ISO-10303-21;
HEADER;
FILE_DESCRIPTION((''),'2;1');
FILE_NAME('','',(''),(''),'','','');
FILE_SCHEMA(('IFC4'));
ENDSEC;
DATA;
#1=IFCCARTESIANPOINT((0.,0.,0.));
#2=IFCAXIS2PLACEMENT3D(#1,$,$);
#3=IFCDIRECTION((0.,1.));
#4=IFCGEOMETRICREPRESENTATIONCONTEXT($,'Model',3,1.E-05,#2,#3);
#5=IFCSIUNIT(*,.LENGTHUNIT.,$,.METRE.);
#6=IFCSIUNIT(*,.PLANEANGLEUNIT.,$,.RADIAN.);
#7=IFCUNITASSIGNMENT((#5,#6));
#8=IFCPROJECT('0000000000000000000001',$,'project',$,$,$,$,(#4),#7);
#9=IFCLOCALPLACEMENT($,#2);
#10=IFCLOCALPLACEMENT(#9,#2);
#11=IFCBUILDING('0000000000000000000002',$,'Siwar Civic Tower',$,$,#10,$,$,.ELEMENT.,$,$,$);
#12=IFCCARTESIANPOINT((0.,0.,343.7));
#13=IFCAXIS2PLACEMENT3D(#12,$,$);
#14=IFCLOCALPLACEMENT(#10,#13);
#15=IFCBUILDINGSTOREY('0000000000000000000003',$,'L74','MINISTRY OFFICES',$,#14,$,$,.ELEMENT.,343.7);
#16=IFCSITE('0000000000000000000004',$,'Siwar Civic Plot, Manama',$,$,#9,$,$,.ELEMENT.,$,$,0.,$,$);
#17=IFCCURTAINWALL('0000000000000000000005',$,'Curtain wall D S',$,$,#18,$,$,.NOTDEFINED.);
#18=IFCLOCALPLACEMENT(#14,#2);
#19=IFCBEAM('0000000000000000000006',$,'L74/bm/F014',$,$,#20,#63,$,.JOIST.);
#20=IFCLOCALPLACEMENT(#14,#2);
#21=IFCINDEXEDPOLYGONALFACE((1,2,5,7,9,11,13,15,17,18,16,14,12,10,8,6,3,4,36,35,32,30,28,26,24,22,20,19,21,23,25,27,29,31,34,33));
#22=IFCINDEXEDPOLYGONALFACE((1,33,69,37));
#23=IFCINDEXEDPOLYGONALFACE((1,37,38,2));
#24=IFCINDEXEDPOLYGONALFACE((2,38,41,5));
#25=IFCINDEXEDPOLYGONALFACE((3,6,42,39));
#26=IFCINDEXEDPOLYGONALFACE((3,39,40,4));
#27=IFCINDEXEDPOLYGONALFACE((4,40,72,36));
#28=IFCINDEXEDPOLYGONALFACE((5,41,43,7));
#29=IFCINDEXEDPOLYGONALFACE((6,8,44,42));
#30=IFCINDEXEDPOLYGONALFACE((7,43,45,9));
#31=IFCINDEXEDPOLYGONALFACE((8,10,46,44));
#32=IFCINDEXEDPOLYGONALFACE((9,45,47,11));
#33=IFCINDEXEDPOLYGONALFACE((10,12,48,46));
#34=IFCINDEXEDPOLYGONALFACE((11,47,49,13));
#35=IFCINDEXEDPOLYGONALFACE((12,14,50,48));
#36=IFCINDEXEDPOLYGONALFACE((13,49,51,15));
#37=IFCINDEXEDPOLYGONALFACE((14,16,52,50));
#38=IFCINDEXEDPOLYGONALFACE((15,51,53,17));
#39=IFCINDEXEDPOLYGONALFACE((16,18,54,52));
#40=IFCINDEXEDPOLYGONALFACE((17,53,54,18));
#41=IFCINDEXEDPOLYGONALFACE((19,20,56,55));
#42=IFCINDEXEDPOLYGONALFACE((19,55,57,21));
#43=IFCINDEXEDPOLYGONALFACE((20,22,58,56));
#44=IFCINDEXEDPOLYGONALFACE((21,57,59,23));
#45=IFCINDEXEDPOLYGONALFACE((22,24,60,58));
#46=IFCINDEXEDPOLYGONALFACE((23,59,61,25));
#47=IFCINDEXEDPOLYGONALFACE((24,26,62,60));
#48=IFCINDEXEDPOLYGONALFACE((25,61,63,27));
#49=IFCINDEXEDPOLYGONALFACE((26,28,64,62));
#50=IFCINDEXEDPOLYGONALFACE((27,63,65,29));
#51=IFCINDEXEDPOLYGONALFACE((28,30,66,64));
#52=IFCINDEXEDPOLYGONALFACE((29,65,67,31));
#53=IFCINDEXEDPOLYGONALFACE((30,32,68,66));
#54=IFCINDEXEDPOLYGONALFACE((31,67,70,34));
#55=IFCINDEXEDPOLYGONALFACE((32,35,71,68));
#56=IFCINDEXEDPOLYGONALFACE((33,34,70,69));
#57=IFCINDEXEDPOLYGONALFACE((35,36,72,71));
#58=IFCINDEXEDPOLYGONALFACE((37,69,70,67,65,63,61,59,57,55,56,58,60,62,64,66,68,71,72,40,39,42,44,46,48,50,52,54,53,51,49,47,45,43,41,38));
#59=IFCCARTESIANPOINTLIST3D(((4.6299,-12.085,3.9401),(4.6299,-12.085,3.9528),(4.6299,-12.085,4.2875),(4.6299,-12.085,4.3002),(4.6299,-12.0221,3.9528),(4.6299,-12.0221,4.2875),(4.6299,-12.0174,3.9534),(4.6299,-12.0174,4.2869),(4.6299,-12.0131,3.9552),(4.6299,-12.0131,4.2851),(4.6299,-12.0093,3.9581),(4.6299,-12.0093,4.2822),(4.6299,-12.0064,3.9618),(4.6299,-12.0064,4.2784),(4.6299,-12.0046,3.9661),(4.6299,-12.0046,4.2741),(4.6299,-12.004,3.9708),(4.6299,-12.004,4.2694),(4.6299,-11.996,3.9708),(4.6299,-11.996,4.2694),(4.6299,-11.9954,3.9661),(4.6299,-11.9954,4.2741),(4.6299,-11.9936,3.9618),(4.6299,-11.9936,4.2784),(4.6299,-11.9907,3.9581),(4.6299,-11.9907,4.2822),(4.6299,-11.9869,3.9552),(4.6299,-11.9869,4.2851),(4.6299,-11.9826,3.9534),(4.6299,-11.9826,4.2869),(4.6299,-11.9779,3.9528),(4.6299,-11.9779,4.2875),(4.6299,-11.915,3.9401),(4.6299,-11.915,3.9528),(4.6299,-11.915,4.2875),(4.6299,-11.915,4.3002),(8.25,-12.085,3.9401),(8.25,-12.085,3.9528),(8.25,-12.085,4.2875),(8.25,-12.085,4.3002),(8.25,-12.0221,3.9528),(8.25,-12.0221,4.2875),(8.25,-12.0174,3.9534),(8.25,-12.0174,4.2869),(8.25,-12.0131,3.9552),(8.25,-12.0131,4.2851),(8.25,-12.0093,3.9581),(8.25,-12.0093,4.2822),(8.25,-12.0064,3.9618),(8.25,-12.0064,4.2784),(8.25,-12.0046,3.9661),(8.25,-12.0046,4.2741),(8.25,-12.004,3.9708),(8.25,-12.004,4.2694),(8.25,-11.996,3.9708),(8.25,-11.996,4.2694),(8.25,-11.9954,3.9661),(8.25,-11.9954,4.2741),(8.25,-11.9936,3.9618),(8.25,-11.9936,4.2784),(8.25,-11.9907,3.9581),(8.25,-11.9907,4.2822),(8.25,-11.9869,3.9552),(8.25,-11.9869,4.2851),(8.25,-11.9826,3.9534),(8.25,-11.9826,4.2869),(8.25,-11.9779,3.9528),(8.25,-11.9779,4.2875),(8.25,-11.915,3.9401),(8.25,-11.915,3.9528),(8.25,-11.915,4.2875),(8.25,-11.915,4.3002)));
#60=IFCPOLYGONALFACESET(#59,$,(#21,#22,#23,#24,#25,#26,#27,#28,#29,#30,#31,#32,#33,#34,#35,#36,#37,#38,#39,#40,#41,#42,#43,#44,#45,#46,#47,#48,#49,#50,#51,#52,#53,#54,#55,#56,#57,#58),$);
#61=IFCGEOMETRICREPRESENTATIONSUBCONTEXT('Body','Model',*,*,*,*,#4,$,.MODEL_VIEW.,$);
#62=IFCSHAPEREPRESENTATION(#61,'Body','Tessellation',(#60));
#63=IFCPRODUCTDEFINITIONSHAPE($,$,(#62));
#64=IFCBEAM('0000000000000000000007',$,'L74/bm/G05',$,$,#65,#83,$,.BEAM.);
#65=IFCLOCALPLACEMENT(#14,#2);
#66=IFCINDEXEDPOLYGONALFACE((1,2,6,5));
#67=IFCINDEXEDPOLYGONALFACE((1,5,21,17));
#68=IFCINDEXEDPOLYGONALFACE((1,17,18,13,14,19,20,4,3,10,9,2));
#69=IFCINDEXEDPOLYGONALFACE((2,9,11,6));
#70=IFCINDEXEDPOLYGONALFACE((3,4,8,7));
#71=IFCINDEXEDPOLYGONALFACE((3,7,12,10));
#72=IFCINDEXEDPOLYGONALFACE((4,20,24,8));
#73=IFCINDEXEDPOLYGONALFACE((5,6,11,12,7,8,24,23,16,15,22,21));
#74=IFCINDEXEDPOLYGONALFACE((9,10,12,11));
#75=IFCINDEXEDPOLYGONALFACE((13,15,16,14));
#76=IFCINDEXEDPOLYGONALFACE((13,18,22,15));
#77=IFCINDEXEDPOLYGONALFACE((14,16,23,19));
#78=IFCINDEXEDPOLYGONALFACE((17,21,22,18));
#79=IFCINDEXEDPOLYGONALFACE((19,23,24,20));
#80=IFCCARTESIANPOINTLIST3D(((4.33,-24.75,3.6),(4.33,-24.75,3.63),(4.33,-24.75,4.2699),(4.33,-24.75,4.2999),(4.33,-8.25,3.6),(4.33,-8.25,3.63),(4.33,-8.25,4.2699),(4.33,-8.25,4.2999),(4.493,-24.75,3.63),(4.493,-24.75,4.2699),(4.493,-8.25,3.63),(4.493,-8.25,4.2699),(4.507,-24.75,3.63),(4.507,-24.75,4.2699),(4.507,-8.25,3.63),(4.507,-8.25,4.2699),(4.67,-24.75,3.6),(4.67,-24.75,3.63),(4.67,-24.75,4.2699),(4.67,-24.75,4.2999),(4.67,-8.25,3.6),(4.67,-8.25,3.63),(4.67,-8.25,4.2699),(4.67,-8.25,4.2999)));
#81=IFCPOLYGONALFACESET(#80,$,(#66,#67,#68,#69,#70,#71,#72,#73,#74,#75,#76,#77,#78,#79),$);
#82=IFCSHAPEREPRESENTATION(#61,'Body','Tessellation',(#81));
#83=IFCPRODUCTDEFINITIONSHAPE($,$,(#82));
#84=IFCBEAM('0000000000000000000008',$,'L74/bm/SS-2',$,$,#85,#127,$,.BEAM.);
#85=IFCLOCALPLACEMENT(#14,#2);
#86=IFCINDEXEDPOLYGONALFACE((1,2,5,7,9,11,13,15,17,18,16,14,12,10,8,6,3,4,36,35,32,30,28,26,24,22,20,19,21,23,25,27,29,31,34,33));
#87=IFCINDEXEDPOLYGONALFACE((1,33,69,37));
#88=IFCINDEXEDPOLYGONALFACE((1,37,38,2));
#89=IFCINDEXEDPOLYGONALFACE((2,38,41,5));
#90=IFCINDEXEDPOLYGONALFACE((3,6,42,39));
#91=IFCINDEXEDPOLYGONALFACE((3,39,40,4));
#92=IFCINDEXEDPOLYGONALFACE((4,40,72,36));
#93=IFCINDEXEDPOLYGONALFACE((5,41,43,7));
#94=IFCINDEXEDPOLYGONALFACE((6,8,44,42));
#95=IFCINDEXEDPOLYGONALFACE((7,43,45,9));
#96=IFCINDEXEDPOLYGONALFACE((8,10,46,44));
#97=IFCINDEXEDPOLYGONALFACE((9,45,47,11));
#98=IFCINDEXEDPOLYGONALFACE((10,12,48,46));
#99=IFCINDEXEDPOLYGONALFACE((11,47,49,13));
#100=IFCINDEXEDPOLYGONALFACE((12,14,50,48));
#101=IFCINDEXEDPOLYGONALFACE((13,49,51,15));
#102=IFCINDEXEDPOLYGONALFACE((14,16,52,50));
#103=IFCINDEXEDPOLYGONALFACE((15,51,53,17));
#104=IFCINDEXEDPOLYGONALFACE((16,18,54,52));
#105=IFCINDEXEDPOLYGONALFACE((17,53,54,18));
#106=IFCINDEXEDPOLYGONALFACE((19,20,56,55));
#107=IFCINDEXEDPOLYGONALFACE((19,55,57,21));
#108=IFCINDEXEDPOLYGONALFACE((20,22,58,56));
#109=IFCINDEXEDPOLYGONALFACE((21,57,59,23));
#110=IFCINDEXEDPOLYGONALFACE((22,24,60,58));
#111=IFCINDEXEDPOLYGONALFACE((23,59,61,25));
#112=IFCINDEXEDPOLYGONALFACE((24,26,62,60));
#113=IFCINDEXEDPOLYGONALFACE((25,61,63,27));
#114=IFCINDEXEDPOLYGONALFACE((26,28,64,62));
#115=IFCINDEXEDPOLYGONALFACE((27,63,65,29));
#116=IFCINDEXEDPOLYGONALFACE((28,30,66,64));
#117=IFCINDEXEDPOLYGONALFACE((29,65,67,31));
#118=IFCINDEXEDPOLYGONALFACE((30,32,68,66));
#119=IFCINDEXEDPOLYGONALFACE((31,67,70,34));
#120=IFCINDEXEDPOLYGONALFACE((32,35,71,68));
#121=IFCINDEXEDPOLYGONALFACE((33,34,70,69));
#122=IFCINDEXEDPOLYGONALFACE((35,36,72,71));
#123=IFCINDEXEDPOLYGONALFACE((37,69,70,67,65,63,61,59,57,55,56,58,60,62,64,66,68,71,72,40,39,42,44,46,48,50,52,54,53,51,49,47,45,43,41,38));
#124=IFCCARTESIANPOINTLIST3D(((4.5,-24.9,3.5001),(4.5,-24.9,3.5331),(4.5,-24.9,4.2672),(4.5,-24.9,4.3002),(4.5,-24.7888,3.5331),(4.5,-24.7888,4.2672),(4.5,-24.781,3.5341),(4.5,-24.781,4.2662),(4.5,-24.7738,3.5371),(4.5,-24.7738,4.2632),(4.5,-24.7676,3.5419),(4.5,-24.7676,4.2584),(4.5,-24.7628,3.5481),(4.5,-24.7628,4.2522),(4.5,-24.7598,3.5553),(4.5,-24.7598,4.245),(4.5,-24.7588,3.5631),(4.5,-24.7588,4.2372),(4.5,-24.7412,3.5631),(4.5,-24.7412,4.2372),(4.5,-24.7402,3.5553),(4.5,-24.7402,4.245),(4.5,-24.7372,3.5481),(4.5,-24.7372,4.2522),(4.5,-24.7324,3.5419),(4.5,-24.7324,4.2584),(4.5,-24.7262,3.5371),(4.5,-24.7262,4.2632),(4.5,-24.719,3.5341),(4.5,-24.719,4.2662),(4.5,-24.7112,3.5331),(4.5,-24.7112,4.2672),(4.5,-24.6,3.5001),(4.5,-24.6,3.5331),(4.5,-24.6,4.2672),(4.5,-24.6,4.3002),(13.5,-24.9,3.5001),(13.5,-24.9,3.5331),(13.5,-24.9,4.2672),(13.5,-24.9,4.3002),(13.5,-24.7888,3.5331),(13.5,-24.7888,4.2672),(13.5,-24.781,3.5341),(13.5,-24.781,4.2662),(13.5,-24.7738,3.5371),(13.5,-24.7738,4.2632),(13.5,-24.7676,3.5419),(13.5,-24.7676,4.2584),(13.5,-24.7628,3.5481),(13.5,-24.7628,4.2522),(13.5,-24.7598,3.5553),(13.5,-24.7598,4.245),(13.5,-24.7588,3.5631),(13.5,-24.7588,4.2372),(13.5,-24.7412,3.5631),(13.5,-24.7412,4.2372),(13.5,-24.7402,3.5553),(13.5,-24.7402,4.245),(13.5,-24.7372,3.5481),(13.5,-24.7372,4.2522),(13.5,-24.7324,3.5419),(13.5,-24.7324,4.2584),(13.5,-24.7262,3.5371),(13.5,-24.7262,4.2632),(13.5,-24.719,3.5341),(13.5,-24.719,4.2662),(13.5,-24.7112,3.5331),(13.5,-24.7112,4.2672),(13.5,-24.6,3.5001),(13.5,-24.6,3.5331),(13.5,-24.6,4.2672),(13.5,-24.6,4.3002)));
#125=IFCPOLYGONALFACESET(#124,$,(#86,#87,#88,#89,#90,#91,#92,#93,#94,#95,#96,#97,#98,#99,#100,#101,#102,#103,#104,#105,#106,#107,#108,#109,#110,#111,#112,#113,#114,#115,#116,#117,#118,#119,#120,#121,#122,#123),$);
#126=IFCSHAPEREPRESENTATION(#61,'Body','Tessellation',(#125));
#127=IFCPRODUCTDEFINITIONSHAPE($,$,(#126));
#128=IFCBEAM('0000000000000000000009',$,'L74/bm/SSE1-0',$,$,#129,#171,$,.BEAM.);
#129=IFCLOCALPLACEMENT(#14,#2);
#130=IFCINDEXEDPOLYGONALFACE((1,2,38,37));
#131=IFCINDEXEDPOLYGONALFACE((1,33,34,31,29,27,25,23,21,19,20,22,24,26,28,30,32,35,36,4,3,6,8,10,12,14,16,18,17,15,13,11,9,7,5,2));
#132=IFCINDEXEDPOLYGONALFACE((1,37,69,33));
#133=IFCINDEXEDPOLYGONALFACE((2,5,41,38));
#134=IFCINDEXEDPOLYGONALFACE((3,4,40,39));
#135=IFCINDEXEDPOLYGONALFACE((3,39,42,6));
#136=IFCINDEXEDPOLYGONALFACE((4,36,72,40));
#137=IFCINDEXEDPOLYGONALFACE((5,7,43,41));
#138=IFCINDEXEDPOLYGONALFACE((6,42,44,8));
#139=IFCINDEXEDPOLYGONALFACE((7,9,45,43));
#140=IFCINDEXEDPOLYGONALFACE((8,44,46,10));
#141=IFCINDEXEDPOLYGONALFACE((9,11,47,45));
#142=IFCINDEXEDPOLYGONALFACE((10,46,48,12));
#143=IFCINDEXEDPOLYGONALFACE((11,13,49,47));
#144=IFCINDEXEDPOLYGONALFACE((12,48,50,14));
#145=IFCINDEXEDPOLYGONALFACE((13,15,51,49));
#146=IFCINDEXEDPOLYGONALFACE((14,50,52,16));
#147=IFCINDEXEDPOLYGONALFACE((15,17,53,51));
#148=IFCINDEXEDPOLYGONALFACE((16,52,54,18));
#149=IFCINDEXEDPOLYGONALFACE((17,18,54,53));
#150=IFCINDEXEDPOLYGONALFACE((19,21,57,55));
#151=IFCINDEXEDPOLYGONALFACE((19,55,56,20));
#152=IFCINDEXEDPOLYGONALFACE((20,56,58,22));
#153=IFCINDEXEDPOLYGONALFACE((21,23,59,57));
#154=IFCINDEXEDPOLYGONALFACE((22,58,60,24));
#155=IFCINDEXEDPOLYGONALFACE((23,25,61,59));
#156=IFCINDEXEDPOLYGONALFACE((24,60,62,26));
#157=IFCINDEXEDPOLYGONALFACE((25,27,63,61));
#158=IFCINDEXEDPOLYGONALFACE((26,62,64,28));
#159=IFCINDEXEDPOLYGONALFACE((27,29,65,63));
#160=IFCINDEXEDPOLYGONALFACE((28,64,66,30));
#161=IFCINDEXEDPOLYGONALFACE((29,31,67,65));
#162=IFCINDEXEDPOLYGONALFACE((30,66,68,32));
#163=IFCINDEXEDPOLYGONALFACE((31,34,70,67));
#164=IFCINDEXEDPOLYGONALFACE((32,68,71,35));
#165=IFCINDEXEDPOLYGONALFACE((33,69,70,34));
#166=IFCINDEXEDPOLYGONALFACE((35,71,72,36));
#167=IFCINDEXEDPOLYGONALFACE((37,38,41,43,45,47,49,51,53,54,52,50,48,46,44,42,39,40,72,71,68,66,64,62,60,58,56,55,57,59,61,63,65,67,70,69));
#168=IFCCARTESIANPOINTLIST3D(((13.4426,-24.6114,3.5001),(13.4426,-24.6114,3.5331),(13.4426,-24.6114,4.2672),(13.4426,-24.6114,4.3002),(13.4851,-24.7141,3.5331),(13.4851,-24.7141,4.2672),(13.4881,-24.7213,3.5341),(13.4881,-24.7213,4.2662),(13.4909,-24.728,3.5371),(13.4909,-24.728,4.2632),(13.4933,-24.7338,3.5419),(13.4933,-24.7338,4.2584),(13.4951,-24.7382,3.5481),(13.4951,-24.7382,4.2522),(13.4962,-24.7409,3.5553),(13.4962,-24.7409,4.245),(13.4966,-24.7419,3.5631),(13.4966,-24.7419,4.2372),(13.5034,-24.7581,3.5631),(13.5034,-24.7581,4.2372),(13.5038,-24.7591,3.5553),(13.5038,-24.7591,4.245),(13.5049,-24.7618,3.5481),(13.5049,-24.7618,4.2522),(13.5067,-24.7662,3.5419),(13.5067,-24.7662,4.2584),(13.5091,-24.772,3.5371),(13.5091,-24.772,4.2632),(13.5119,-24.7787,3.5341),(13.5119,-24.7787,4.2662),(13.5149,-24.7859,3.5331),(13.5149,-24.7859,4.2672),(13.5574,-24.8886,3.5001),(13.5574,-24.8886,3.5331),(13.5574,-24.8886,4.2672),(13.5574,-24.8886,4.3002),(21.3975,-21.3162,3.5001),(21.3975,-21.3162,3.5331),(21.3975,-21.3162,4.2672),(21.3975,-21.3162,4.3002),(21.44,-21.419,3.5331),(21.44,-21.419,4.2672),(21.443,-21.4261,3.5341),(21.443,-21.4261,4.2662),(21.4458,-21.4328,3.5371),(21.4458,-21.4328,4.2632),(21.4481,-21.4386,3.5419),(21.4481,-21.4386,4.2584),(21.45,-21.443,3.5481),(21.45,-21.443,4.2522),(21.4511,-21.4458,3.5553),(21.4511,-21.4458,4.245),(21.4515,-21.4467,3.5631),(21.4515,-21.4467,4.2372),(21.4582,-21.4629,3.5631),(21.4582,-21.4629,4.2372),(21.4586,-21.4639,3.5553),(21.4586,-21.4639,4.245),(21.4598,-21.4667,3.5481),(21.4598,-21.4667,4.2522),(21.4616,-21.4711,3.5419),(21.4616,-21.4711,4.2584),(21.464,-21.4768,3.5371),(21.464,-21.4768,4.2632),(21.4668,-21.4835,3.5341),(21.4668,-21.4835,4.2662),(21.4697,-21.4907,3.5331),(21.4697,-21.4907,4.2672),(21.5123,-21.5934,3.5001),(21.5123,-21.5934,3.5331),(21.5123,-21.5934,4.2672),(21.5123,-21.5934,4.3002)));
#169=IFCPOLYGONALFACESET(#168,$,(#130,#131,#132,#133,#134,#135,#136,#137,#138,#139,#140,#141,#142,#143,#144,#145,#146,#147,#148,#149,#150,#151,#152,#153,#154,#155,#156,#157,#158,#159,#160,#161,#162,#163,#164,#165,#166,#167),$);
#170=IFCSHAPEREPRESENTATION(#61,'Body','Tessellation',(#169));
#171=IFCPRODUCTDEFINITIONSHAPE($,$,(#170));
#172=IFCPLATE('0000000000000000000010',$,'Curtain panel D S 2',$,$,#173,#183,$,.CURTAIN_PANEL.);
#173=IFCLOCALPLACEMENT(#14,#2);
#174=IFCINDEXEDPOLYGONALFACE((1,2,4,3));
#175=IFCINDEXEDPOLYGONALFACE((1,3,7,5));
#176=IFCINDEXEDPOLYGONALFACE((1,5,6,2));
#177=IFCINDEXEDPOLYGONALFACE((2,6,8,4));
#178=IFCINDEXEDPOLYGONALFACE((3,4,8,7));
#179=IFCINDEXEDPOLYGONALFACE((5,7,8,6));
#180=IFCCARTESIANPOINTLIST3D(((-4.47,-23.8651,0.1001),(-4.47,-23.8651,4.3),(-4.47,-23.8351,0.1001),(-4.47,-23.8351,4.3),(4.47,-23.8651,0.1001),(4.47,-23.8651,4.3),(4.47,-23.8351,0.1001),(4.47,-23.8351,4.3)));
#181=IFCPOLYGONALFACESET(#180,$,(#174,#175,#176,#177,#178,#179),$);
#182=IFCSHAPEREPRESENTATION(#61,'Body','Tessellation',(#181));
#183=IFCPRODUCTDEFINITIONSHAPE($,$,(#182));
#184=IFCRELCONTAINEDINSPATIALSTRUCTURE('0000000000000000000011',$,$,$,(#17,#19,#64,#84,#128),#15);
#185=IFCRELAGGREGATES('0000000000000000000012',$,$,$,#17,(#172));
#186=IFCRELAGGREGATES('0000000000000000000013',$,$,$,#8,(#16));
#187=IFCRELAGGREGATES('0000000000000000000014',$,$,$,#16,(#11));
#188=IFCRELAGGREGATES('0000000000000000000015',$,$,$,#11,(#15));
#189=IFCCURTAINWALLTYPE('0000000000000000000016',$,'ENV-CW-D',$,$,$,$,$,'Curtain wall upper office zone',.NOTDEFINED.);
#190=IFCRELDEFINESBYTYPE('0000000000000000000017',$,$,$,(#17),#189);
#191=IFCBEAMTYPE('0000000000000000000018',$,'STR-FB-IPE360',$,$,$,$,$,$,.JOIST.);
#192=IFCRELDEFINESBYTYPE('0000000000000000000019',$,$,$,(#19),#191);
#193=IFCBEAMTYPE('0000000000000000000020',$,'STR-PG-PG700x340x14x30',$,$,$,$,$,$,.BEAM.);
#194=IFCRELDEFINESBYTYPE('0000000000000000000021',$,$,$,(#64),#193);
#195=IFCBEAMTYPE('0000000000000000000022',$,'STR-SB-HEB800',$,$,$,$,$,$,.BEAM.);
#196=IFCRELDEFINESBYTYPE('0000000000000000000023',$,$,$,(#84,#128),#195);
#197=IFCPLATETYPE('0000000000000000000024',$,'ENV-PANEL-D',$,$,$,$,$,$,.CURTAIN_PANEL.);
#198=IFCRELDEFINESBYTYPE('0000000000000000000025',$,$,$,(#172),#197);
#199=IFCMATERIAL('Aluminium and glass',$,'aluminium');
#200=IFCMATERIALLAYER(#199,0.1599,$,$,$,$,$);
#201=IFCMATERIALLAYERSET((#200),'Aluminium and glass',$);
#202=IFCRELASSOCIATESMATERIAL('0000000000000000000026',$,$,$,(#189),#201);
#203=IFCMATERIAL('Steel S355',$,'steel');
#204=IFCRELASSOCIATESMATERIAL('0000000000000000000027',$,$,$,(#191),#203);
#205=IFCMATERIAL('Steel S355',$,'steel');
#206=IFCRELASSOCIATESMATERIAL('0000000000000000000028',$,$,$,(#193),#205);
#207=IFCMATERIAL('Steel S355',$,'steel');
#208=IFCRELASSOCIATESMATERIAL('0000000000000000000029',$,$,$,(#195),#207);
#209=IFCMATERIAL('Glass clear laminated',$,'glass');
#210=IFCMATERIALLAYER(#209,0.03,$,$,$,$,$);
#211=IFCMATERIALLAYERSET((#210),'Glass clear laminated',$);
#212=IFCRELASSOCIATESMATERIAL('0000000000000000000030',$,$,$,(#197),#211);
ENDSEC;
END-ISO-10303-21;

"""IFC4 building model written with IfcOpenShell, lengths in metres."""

from ifc_helpers import new_model, si_unit, direction, frame, origin, origin_2d, place, context, subcontext, project, spatial, rectangle, i_section, extrude, material, layer, layer_set, material_profile, profile_set, type_object, element, aggregate, save


model = new_model("IFC4")

# Units and contexts
model_context = context("Model", 3, precision=1e-05, world=origin(), true_north=direction((0.0, 1.0)))
body_context = subcontext(model_context, "Body", "Model", "MODEL_VIEW")
ifc_project = project(units=[si_unit("LENGTHUNIT", "METRE"), si_unit("PLANEANGLEUNIT", "RADIAN")], contexts=[model_context])

# Site, building, storey
site_placement = place(None, origin())
site = spatial("IfcSite", under=ifc_project, at=site_placement, Name="Siwar Civic Plot, Manama", CompositionType="ELEMENT", RefElevation=0.0)
building_placement = place(site_placement, origin())
building = spatial("IfcBuilding", under=site, at=building_placement, Name="Siwar Civic Tower", CompositionType="ELEMENT")
storey_placement = place(building_placement, frame((0.0, 0.0, 343.7)))
storey = spatial("IfcBuildingStorey", under=building, at=storey_placement, Name="L74", Description="MINISTRY OFFICES", CompositionType="ELEMENT", Elevation=343.7)

# Curtain wall
ifc_material_1 = material(Name="Aluminium and glass", Category="aluminium")
ifc_layer_1 = layer(ifc_material_1, 0.1599)
ifc_layer_set_1 = layer_set([ifc_layer_1], Name="Aluminium and glass")
curtain_wall_type_1 = type_object("IfcCurtainWallType", Name="ENV-CW-D", ElementType="Curtain wall upper office zone", PredefinedType="NOTDEFINED", material=ifc_layer_set_1)
curtain_wall_1_placement = place(storey_placement, origin())
curtain_wall_1 = element("IfcCurtainWall", 1, at=curtain_wall_1_placement, inside=storey, type_object=curtain_wall_type_1, Name="Curtain wall D S", PredefinedType="NOTDEFINED")

# Beams
ifc_material_2 = material(Name="Steel S355", Category="steel")
ifc_material_profile_1 = material_profile(ifc_material_2, i_section(OverallWidth=0.1699, OverallDepth=0.3601, WebThickness=0.0081, FlangeThickness=0.0127, FilletRadius=0.0181, at=origin_2d()), Name="IPE360")
ifc_profile_set_1 = profile_set([ifc_material_profile_1], Name="Steel S355")
beam_type_1 = type_object("IfcBeamType", Name="STR-FB-IPE360", PredefinedType="JOIST", material=ifc_profile_set_1)
beam_1_placement = place(storey_placement, frame((4.6299, -12.0, 4.1201), z_axis=(1.0, 0.0, 0.0), x_axis=(0.0, 1.0, 0.0)))
element("IfcBeam", 2, at=beam_1_placement, inside=storey, type_object=beam_type_1, Name="L74/bm/F014", PredefinedType="JOIST", context=body_context, shape_type="SweptSolid", body=[
    extrude(i_section(OverallWidth=0.1699, OverallDepth=0.3601, WebThickness=0.0081, FlangeThickness=0.0127, FilletRadius=0.0181, at=origin_2d()), origin(), (0.0, 0.0, 1.0), 3.6201),
])
ifc_material_3 = material(Name="Steel S355", Category="steel")
ifc_material_profile_2 = material_profile(ifc_material_3, i_section(OverallWidth=0.3401, OverallDepth=0.7, WebThickness=0.0139, FlangeThickness=0.03, at=origin_2d()), Name="PG700x340x14x30")
ifc_profile_set_2 = profile_set([ifc_material_profile_2], Name="Steel S355")
beam_type_2 = type_object("IfcBeamType", Name="STR-PG-PG700x340x14x30", PredefinedType="BEAM", material=ifc_profile_set_2)
beam_2_placement = place(storey_placement, frame((4.5, -24.75, 3.95), z_axis=(0.0, 1.0, 0.0), x_axis=(-1.0, 0.0, 0.0)))
element("IfcBeam", 3, at=beam_2_placement, inside=storey, type_object=beam_type_2, Name="L74/bm/G05", PredefinedType="BEAM", context=body_context, shape_type="SweptSolid", body=[
    extrude(i_section(OverallWidth=0.3401, OverallDepth=0.7, WebThickness=0.0139, FlangeThickness=0.03, at=origin_2d()), origin(), (0.0, 0.0, 1.0), 16.5),
])
ifc_material_4 = material(Name="Steel S355", Category="steel")
ifc_material_profile_3 = material_profile(ifc_material_4, i_section(OverallWidth=0.3, OverallDepth=0.8, WebThickness=0.0176, FlangeThickness=0.033, FilletRadius=0.03, at=origin_2d()), Name="HEB800")
ifc_profile_set_3 = profile_set([ifc_material_profile_3], Name="Steel S355")
beam_type_3 = type_object("IfcBeamType", Name="STR-SB-HEB800", PredefinedType="BEAM", material=ifc_profile_set_3)
beam_3_placement = place(storey_placement, frame((4.5, -24.75, 3.9001), z_axis=(1.0, 0.0, 0.0), x_axis=(0.0, 1.0, 0.0)))
element("IfcBeam", 4, at=beam_3_placement, inside=storey, type_object=beam_type_3, Name="L74/bm/SS-2", PredefinedType="BEAM", context=body_context, shape_type="SweptSolid", body=[
    extrude(i_section(OverallWidth=0.3, OverallDepth=0.8, WebThickness=0.0176, FlangeThickness=0.033, FilletRadius=0.03, at=origin_2d()), origin(), (0.0, 0.0, 1.0), 9.0),
])
beam_4_placement = place(storey_placement, frame((13.5, -24.75, 3.9001), z_axis=(0.923873, 0.3827, 0.0), x_axis=(-0.3827, 0.923873, 0.0)))
element("IfcBeam", 5, at=beam_4_placement, inside=storey, type_object=beam_type_3, Name="L74/bm/SSE1-0", PredefinedType="BEAM", context=body_context, shape_type="SweptSolid", body=[
    extrude(i_section(OverallWidth=0.3, OverallDepth=0.8, WebThickness=0.0176, FlangeThickness=0.033, FilletRadius=0.03, at=origin_2d()), origin(), (0.0, 0.0, 1.0), 8.6104),
])

# Plate
ifc_material_5 = material(Name="Glass clear laminated", Category="glass")
ifc_layer_2 = layer(ifc_material_5, 0.03)
ifc_layer_set_2 = layer_set([ifc_layer_2], Name="Glass clear laminated")
plate_type = type_object("IfcPlateType", Name="ENV-PANEL-D", PredefinedType="CURTAIN_PANEL", material=ifc_layer_set_2)
plate_1_placement = place(storey_placement, frame((0.0, -23.8501, 0.1001), z_axis=(0.0, 0.0, 1.0), x_axis=(1.0, 0.0, 0.0)))
plate_1 = element("IfcPlate", 6, at=plate_1_placement, type_object=plate_type, Name="Curtain panel D S 2", PredefinedType="CURTAIN_PANEL", context=body_context, shape_type="SweptSolid", body=[
    extrude(rectangle(XDim=8.9399, YDim=0.03, at=origin_2d()), origin(), (0.0, 0.0, 1.0), 4.2),
])
aggregate(curtain_wall_1, [plate_1])

save(model, "model.ifc")
